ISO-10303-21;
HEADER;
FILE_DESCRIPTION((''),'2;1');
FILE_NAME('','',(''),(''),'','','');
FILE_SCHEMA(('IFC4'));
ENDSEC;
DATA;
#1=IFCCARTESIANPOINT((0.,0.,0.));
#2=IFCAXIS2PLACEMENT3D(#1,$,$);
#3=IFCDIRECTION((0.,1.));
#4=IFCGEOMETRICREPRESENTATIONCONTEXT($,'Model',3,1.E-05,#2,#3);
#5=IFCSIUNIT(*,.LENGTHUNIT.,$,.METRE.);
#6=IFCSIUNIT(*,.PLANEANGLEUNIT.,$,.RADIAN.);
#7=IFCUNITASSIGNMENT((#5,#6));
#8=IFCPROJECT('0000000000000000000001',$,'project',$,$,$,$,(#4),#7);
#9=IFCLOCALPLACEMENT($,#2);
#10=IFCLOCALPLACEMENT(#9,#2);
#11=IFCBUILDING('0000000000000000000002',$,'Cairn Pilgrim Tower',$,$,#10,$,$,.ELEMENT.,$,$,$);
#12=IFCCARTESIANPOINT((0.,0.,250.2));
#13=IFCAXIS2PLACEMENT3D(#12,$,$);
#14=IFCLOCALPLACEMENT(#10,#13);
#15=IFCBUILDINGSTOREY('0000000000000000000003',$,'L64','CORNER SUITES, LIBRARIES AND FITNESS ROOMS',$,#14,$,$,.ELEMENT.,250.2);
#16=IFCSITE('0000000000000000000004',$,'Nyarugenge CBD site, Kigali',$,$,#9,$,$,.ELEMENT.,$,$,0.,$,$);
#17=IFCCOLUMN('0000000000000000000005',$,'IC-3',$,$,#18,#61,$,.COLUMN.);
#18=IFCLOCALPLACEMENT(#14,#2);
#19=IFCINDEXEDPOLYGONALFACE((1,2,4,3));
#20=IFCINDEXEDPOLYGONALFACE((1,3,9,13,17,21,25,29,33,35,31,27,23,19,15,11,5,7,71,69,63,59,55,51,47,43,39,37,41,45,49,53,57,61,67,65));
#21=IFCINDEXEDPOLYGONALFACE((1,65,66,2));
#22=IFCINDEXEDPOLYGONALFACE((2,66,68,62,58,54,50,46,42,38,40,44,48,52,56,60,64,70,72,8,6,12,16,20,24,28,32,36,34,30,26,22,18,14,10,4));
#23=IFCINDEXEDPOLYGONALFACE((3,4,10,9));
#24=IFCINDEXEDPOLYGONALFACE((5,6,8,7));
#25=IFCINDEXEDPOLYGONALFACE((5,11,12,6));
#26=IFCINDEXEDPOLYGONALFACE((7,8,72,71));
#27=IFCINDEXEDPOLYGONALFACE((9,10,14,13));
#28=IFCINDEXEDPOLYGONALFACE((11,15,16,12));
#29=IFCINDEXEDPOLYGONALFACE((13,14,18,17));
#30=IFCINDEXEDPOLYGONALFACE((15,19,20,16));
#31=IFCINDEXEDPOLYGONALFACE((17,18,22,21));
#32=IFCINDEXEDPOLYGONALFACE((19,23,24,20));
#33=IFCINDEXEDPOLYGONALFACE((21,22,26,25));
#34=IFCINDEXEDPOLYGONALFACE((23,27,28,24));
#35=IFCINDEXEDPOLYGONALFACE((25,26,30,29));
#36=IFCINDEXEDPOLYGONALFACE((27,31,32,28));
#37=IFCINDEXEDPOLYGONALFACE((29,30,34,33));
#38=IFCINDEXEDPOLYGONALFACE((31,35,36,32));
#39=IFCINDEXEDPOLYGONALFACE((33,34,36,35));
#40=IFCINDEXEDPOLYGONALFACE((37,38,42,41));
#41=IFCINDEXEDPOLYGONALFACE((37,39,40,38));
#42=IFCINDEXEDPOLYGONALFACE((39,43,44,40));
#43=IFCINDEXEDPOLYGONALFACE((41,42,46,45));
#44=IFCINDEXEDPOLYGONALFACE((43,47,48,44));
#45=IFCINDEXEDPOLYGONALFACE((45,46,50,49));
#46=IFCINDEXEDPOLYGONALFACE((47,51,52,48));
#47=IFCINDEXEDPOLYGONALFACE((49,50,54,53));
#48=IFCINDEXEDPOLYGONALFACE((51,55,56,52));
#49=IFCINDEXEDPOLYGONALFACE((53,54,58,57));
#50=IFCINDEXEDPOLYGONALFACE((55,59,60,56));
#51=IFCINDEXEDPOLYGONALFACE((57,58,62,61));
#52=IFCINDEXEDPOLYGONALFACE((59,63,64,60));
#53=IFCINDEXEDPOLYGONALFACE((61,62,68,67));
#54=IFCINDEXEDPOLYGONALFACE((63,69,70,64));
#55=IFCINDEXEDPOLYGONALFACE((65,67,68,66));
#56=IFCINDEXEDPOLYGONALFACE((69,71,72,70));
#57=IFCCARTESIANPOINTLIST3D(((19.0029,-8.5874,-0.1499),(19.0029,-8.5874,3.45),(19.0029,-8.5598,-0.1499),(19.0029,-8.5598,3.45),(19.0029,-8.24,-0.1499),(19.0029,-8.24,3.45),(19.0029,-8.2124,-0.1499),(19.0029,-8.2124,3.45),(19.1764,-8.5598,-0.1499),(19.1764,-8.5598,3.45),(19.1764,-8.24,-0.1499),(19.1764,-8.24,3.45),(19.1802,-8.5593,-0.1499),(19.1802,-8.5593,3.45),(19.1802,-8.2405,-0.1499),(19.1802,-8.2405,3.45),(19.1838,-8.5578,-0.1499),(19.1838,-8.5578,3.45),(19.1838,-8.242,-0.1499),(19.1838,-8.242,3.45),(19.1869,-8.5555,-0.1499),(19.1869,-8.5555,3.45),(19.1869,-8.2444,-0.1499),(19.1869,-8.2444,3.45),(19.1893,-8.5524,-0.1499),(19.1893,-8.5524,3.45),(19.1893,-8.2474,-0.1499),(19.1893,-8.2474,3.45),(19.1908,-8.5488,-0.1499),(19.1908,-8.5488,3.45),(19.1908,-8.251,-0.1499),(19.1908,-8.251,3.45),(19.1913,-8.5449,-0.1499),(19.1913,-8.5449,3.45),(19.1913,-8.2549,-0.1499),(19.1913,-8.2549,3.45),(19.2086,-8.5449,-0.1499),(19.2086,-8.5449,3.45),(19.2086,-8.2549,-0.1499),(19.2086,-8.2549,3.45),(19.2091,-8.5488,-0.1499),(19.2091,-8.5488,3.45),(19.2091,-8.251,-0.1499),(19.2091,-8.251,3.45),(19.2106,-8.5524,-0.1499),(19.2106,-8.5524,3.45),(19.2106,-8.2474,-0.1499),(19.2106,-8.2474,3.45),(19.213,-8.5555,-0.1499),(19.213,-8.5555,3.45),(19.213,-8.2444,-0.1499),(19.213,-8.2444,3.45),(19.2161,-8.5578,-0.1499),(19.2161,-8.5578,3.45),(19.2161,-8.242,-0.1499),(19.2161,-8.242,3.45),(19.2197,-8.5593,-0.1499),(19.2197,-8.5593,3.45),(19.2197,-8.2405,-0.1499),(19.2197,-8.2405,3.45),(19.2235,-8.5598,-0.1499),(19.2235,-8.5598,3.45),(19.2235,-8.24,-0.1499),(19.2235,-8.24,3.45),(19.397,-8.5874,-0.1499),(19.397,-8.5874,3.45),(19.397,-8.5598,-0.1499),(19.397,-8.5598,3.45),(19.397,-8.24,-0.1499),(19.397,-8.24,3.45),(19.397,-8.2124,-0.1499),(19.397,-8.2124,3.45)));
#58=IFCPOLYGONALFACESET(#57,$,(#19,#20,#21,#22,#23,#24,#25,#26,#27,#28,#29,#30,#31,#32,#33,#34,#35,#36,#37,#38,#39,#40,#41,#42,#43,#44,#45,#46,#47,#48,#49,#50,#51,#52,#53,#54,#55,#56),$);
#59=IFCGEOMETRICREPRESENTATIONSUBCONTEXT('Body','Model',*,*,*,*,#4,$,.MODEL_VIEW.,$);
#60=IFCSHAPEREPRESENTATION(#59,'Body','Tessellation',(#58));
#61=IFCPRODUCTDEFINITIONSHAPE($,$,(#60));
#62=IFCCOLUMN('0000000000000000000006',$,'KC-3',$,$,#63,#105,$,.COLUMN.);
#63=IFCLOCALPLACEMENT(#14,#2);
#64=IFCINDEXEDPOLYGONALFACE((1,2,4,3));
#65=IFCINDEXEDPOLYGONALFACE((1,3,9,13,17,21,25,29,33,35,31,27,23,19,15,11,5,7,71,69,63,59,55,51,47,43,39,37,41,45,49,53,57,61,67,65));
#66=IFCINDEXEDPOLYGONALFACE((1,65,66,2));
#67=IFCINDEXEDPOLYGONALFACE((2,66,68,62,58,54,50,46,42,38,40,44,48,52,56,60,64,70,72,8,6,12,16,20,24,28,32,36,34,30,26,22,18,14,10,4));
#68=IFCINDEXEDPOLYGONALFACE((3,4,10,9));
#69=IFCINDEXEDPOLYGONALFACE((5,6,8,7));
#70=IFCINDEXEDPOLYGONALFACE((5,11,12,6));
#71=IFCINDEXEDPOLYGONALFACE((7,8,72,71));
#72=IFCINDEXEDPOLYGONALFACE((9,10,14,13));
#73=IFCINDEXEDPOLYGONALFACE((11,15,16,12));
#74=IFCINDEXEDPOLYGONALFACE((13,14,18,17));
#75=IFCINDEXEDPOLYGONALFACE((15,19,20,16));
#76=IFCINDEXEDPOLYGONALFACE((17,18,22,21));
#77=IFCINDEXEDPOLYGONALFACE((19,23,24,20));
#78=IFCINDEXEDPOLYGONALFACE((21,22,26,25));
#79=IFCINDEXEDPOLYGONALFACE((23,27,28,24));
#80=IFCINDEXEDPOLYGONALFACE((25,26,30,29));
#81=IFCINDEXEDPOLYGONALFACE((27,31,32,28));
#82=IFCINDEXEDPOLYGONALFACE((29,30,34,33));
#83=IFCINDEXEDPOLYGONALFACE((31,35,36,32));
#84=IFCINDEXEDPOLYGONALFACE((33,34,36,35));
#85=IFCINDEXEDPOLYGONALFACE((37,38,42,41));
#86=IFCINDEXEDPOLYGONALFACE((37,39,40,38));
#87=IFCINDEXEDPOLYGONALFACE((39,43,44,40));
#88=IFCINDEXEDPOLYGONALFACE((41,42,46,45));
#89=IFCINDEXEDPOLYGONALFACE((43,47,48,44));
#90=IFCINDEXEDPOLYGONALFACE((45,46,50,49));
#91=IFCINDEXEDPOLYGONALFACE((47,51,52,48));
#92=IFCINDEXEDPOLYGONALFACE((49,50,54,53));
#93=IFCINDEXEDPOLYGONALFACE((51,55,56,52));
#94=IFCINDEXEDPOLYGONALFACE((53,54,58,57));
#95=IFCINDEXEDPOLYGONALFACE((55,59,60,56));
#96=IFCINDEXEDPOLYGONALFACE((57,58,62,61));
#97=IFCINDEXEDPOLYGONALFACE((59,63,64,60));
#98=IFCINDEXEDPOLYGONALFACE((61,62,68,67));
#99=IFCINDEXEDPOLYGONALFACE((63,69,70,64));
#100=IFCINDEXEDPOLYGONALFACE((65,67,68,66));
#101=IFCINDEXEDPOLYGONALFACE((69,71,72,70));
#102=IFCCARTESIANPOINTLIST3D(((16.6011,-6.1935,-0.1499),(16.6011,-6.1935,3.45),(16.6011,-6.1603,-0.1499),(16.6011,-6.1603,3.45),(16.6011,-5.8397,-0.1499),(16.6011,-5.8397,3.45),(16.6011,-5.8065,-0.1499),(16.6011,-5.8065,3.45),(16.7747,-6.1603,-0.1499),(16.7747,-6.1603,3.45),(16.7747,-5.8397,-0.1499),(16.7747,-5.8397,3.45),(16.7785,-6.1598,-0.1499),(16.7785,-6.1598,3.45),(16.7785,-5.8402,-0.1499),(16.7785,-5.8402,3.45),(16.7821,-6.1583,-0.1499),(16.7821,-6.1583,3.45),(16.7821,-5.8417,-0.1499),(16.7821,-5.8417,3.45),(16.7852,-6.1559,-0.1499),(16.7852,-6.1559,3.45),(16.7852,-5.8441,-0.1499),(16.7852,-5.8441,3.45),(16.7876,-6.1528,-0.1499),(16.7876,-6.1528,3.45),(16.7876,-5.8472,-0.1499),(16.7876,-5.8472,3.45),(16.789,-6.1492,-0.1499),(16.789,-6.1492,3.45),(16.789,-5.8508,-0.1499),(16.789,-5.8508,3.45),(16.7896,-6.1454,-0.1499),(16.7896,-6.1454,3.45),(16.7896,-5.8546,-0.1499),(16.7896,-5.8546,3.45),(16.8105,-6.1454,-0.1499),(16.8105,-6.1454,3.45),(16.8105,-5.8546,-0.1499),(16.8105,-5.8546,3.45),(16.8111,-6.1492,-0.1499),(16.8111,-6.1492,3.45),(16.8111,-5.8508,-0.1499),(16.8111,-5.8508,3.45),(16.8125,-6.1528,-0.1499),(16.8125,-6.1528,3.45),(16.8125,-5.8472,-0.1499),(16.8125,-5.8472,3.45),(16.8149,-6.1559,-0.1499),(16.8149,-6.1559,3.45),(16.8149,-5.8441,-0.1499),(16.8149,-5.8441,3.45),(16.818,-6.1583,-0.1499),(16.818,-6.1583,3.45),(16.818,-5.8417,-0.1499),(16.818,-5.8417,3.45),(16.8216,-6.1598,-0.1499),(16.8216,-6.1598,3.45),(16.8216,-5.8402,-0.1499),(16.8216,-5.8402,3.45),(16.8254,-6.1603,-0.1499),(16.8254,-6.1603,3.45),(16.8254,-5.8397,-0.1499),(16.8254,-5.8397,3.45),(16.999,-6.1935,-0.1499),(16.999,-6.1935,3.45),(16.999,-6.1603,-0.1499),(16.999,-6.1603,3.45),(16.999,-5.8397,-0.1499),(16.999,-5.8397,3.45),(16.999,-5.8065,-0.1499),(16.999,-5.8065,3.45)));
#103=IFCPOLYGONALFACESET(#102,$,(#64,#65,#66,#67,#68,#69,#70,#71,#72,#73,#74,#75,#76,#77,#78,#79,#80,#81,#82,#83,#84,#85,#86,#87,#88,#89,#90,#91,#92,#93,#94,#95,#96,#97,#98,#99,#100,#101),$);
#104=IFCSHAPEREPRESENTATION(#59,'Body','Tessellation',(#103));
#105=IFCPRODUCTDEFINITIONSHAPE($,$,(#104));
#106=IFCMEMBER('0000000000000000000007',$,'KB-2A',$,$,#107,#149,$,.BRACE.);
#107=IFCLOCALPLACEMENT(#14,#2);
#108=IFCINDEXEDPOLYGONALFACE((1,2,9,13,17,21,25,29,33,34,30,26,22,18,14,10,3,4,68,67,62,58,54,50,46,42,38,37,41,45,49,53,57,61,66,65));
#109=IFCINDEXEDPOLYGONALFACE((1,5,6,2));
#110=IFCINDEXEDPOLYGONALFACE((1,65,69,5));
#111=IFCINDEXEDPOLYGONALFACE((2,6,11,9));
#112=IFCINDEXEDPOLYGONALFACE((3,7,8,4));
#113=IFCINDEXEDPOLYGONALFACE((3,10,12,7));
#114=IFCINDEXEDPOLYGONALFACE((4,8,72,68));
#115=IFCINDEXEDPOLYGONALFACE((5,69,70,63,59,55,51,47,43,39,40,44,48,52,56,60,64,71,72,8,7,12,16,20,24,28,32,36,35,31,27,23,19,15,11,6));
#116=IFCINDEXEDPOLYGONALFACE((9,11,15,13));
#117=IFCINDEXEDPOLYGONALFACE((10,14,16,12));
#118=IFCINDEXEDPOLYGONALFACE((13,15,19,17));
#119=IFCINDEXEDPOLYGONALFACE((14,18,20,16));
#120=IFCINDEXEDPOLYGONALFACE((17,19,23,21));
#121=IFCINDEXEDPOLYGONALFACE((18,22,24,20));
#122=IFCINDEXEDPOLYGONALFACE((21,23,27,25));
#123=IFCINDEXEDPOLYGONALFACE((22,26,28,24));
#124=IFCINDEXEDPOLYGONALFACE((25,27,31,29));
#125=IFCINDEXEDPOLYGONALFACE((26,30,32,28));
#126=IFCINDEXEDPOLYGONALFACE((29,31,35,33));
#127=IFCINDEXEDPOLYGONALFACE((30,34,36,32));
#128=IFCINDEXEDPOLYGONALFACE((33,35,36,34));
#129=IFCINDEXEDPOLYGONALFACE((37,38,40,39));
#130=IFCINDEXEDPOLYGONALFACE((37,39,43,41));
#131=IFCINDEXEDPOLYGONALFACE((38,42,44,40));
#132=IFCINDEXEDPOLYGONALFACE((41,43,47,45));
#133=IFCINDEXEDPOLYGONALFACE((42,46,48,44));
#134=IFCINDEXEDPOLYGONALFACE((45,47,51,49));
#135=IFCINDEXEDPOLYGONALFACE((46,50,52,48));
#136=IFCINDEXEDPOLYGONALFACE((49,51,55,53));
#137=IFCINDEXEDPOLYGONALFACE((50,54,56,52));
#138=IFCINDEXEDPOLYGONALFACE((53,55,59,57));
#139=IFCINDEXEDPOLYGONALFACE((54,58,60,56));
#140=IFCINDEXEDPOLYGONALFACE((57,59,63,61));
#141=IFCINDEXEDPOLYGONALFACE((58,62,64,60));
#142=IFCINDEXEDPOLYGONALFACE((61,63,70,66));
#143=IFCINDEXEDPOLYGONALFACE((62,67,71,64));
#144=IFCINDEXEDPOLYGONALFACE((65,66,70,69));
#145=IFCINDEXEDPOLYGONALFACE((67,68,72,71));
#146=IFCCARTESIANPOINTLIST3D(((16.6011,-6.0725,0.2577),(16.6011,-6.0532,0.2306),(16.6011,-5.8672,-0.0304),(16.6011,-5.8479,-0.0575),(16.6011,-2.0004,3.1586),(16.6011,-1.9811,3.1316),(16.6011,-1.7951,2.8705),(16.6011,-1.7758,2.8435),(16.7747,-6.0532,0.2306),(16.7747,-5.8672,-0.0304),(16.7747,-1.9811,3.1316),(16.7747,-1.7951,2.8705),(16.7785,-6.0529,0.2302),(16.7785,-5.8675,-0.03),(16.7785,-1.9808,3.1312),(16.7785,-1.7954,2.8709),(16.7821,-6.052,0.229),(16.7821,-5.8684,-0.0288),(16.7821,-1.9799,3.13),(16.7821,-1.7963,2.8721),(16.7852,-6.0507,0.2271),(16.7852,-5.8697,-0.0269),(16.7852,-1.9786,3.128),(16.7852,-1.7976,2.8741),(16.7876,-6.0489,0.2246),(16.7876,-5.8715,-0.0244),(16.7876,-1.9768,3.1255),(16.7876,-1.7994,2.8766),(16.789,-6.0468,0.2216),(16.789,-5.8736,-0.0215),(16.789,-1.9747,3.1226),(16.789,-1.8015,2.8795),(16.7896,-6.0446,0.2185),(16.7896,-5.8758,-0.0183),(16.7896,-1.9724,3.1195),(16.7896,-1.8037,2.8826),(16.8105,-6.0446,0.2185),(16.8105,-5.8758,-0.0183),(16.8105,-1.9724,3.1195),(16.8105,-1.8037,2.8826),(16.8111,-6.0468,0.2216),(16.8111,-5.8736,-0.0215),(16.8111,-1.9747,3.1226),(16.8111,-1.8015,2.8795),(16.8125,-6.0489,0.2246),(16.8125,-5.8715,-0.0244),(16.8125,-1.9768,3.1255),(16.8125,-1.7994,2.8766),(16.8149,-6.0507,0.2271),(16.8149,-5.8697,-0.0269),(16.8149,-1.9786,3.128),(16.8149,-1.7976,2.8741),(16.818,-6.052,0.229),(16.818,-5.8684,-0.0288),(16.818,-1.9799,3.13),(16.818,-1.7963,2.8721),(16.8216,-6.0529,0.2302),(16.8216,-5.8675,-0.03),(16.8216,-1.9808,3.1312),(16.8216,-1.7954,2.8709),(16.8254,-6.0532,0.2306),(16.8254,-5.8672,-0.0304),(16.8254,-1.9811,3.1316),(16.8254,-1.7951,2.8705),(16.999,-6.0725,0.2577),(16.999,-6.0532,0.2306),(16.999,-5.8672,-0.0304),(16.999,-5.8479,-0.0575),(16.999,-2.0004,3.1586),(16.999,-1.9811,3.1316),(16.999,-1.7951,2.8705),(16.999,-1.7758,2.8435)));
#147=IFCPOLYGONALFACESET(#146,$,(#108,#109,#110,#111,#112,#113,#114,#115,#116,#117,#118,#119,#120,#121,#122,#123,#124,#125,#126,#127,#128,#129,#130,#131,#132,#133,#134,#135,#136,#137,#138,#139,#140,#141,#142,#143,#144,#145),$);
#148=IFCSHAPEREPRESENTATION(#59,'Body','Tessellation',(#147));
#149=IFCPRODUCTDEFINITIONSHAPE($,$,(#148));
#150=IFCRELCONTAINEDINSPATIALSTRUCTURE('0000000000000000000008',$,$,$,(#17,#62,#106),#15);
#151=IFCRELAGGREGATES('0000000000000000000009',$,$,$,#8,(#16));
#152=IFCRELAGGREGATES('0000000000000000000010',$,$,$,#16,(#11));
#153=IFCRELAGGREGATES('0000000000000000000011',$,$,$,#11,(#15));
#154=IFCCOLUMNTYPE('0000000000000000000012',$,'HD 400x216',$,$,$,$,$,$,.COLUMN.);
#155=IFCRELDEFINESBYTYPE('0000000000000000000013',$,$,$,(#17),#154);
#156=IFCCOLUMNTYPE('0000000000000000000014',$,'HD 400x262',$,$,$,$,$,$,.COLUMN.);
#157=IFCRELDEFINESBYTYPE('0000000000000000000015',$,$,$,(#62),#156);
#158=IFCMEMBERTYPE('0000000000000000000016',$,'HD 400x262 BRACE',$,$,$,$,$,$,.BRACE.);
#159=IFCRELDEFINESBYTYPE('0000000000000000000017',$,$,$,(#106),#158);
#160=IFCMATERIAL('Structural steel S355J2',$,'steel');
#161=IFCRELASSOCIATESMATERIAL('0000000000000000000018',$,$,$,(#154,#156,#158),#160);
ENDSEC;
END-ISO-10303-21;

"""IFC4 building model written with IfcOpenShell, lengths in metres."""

from ifc_helpers import new_model, si_unit, direction, frame, origin, origin_2d, place, context, subcontext, project, spatial, i_section, extrude, material, material_profile, profile_set, type_object, element, save


model = new_model("IFC4")

# Units and contexts
model_context = context("Model", 3, precision=1e-05, world=origin(), true_north=direction((0.0, 1.0)))
body_context = subcontext(model_context, "Body", "Model", "MODEL_VIEW")
ifc_project = project(units=[si_unit("LENGTHUNIT", "METRE"), si_unit("PLANEANGLEUNIT", "RADIAN")], contexts=[model_context])

# Site, building, storey
site_placement = place(None, origin())
site = spatial("IfcSite", under=ifc_project, at=site_placement, Name="Nyarugenge CBD site, Kigali", CompositionType="ELEMENT", RefElevation=0.0)
building_placement = place(site_placement, origin())
building = spatial("IfcBuilding", under=site, at=building_placement, Name="Cairn Pilgrim Tower", CompositionType="ELEMENT")
storey_placement = place(building_placement, frame((0.0, 0.0, 250.2)))
storey = spatial("IfcBuildingStorey", under=building, at=storey_placement, Name="L64", Description="CORNER SUITES, LIBRARIES AND FITNESS ROOMS", CompositionType="ELEMENT", Elevation=250.2)

# Columns
ifc_material_1 = material(Name="Structural steel S355J2", Category="steel")
ifc_material_profile_1 = material_profile(ifc_material_1, i_section(OverallWidth=0.394, OverallDepth=0.375, WebThickness=0.0173, FlangeThickness=0.0276, FilletRadius=0.0149, at=origin_2d()), Name="HD 400x216")
ifc_profile_set_1 = profile_set([ifc_material_profile_1], Name="Structural steel S355J2")
column_type_1 = type_object("IfcColumnType", Name="HD 400x216", PredefinedType="COLUMN", material=ifc_profile_set_1)
column_1_placement = place(storey_placement, frame((19.2, -8.3999, -0.1499), z_axis=(0.0, 0.0, 1.0), x_axis=(1.0, 0.0, 0.0)))
element("IfcColumn", 1, at=column_1_placement, inside=storey, type_object=column_type_1, Name="IC-3", PredefinedType="COLUMN", context=body_context, shape_type="SweptSolid", body=[
    extrude(i_section(OverallWidth=0.394, OverallDepth=0.375, WebThickness=0.0173, FlangeThickness=0.0276, FilletRadius=0.0149, at=origin_2d()), origin(), (0.0, 0.0, 1.0), 3.5999),
])
ifc_material_profile_2 = material_profile(ifc_material_1, i_section(OverallWidth=0.3979, OverallDepth=0.387, WebThickness=0.021, FlangeThickness=0.0332, FilletRadius=0.0149, at=origin_2d()), Name="HD 400x262")
ifc_profile_set_2 = profile_set([ifc_material_profile_2], Name="Structural steel S355J2")
column_type_2 = type_object("IfcColumnType", Name="HD 400x262", PredefinedType="COLUMN", material=ifc_profile_set_2)
column_2_placement = place(storey_placement, frame((16.8, -6.0, -0.1499), z_axis=(0.0, 0.0, 1.0), x_axis=(1.0, 0.0, 0.0)))
element("IfcColumn", 2, at=column_2_placement, inside=storey, type_object=column_type_2, Name="KC-3", PredefinedType="COLUMN", context=body_context, shape_type="SweptSolid", body=[
    extrude(i_section(OverallWidth=0.3979, OverallDepth=0.387, WebThickness=0.021, FlangeThickness=0.0332, FilletRadius=0.0149, at=origin_2d()), origin(), (0.0, 0.0, 1.0), 3.5999),
])

# Member
ifc_material_profile_3 = material_profile(ifc_material_1, i_section(OverallWidth=0.3979, OverallDepth=0.387, WebThickness=0.021, FlangeThickness=0.0332, FilletRadius=0.0149, at=origin_2d()), Name="HD 400x262")
ifc_profile_set_3 = profile_set([ifc_material_profile_3], Name="Structural steel S355J2")
member_type = type_object("IfcMemberType", Name="HD 400x262 BRACE", PredefinedType="BRACE", material=ifc_profile_set_3)
member_placement = place(storey_placement, frame((16.8, -5.9602, 0.1001), z_axis=(0.0, 0.814462, 0.580217), x_axis=(-1.0, 0.0, 0.0)))
element("IfcMember", 3, at=member_placement, inside=storey, type_object=member_type, Name="KB-2A", PredefinedType="BRACE", context=body_context, shape_type="SweptSolid", body=[
    extrude(i_section(OverallWidth=0.3979, OverallDepth=0.387, WebThickness=0.021, FlangeThickness=0.0332, FilletRadius=0.0149, at=origin_2d()), origin(), (0.0, 0.0, 1.0), 4.9998),
])

save(model, "model.ifc")
